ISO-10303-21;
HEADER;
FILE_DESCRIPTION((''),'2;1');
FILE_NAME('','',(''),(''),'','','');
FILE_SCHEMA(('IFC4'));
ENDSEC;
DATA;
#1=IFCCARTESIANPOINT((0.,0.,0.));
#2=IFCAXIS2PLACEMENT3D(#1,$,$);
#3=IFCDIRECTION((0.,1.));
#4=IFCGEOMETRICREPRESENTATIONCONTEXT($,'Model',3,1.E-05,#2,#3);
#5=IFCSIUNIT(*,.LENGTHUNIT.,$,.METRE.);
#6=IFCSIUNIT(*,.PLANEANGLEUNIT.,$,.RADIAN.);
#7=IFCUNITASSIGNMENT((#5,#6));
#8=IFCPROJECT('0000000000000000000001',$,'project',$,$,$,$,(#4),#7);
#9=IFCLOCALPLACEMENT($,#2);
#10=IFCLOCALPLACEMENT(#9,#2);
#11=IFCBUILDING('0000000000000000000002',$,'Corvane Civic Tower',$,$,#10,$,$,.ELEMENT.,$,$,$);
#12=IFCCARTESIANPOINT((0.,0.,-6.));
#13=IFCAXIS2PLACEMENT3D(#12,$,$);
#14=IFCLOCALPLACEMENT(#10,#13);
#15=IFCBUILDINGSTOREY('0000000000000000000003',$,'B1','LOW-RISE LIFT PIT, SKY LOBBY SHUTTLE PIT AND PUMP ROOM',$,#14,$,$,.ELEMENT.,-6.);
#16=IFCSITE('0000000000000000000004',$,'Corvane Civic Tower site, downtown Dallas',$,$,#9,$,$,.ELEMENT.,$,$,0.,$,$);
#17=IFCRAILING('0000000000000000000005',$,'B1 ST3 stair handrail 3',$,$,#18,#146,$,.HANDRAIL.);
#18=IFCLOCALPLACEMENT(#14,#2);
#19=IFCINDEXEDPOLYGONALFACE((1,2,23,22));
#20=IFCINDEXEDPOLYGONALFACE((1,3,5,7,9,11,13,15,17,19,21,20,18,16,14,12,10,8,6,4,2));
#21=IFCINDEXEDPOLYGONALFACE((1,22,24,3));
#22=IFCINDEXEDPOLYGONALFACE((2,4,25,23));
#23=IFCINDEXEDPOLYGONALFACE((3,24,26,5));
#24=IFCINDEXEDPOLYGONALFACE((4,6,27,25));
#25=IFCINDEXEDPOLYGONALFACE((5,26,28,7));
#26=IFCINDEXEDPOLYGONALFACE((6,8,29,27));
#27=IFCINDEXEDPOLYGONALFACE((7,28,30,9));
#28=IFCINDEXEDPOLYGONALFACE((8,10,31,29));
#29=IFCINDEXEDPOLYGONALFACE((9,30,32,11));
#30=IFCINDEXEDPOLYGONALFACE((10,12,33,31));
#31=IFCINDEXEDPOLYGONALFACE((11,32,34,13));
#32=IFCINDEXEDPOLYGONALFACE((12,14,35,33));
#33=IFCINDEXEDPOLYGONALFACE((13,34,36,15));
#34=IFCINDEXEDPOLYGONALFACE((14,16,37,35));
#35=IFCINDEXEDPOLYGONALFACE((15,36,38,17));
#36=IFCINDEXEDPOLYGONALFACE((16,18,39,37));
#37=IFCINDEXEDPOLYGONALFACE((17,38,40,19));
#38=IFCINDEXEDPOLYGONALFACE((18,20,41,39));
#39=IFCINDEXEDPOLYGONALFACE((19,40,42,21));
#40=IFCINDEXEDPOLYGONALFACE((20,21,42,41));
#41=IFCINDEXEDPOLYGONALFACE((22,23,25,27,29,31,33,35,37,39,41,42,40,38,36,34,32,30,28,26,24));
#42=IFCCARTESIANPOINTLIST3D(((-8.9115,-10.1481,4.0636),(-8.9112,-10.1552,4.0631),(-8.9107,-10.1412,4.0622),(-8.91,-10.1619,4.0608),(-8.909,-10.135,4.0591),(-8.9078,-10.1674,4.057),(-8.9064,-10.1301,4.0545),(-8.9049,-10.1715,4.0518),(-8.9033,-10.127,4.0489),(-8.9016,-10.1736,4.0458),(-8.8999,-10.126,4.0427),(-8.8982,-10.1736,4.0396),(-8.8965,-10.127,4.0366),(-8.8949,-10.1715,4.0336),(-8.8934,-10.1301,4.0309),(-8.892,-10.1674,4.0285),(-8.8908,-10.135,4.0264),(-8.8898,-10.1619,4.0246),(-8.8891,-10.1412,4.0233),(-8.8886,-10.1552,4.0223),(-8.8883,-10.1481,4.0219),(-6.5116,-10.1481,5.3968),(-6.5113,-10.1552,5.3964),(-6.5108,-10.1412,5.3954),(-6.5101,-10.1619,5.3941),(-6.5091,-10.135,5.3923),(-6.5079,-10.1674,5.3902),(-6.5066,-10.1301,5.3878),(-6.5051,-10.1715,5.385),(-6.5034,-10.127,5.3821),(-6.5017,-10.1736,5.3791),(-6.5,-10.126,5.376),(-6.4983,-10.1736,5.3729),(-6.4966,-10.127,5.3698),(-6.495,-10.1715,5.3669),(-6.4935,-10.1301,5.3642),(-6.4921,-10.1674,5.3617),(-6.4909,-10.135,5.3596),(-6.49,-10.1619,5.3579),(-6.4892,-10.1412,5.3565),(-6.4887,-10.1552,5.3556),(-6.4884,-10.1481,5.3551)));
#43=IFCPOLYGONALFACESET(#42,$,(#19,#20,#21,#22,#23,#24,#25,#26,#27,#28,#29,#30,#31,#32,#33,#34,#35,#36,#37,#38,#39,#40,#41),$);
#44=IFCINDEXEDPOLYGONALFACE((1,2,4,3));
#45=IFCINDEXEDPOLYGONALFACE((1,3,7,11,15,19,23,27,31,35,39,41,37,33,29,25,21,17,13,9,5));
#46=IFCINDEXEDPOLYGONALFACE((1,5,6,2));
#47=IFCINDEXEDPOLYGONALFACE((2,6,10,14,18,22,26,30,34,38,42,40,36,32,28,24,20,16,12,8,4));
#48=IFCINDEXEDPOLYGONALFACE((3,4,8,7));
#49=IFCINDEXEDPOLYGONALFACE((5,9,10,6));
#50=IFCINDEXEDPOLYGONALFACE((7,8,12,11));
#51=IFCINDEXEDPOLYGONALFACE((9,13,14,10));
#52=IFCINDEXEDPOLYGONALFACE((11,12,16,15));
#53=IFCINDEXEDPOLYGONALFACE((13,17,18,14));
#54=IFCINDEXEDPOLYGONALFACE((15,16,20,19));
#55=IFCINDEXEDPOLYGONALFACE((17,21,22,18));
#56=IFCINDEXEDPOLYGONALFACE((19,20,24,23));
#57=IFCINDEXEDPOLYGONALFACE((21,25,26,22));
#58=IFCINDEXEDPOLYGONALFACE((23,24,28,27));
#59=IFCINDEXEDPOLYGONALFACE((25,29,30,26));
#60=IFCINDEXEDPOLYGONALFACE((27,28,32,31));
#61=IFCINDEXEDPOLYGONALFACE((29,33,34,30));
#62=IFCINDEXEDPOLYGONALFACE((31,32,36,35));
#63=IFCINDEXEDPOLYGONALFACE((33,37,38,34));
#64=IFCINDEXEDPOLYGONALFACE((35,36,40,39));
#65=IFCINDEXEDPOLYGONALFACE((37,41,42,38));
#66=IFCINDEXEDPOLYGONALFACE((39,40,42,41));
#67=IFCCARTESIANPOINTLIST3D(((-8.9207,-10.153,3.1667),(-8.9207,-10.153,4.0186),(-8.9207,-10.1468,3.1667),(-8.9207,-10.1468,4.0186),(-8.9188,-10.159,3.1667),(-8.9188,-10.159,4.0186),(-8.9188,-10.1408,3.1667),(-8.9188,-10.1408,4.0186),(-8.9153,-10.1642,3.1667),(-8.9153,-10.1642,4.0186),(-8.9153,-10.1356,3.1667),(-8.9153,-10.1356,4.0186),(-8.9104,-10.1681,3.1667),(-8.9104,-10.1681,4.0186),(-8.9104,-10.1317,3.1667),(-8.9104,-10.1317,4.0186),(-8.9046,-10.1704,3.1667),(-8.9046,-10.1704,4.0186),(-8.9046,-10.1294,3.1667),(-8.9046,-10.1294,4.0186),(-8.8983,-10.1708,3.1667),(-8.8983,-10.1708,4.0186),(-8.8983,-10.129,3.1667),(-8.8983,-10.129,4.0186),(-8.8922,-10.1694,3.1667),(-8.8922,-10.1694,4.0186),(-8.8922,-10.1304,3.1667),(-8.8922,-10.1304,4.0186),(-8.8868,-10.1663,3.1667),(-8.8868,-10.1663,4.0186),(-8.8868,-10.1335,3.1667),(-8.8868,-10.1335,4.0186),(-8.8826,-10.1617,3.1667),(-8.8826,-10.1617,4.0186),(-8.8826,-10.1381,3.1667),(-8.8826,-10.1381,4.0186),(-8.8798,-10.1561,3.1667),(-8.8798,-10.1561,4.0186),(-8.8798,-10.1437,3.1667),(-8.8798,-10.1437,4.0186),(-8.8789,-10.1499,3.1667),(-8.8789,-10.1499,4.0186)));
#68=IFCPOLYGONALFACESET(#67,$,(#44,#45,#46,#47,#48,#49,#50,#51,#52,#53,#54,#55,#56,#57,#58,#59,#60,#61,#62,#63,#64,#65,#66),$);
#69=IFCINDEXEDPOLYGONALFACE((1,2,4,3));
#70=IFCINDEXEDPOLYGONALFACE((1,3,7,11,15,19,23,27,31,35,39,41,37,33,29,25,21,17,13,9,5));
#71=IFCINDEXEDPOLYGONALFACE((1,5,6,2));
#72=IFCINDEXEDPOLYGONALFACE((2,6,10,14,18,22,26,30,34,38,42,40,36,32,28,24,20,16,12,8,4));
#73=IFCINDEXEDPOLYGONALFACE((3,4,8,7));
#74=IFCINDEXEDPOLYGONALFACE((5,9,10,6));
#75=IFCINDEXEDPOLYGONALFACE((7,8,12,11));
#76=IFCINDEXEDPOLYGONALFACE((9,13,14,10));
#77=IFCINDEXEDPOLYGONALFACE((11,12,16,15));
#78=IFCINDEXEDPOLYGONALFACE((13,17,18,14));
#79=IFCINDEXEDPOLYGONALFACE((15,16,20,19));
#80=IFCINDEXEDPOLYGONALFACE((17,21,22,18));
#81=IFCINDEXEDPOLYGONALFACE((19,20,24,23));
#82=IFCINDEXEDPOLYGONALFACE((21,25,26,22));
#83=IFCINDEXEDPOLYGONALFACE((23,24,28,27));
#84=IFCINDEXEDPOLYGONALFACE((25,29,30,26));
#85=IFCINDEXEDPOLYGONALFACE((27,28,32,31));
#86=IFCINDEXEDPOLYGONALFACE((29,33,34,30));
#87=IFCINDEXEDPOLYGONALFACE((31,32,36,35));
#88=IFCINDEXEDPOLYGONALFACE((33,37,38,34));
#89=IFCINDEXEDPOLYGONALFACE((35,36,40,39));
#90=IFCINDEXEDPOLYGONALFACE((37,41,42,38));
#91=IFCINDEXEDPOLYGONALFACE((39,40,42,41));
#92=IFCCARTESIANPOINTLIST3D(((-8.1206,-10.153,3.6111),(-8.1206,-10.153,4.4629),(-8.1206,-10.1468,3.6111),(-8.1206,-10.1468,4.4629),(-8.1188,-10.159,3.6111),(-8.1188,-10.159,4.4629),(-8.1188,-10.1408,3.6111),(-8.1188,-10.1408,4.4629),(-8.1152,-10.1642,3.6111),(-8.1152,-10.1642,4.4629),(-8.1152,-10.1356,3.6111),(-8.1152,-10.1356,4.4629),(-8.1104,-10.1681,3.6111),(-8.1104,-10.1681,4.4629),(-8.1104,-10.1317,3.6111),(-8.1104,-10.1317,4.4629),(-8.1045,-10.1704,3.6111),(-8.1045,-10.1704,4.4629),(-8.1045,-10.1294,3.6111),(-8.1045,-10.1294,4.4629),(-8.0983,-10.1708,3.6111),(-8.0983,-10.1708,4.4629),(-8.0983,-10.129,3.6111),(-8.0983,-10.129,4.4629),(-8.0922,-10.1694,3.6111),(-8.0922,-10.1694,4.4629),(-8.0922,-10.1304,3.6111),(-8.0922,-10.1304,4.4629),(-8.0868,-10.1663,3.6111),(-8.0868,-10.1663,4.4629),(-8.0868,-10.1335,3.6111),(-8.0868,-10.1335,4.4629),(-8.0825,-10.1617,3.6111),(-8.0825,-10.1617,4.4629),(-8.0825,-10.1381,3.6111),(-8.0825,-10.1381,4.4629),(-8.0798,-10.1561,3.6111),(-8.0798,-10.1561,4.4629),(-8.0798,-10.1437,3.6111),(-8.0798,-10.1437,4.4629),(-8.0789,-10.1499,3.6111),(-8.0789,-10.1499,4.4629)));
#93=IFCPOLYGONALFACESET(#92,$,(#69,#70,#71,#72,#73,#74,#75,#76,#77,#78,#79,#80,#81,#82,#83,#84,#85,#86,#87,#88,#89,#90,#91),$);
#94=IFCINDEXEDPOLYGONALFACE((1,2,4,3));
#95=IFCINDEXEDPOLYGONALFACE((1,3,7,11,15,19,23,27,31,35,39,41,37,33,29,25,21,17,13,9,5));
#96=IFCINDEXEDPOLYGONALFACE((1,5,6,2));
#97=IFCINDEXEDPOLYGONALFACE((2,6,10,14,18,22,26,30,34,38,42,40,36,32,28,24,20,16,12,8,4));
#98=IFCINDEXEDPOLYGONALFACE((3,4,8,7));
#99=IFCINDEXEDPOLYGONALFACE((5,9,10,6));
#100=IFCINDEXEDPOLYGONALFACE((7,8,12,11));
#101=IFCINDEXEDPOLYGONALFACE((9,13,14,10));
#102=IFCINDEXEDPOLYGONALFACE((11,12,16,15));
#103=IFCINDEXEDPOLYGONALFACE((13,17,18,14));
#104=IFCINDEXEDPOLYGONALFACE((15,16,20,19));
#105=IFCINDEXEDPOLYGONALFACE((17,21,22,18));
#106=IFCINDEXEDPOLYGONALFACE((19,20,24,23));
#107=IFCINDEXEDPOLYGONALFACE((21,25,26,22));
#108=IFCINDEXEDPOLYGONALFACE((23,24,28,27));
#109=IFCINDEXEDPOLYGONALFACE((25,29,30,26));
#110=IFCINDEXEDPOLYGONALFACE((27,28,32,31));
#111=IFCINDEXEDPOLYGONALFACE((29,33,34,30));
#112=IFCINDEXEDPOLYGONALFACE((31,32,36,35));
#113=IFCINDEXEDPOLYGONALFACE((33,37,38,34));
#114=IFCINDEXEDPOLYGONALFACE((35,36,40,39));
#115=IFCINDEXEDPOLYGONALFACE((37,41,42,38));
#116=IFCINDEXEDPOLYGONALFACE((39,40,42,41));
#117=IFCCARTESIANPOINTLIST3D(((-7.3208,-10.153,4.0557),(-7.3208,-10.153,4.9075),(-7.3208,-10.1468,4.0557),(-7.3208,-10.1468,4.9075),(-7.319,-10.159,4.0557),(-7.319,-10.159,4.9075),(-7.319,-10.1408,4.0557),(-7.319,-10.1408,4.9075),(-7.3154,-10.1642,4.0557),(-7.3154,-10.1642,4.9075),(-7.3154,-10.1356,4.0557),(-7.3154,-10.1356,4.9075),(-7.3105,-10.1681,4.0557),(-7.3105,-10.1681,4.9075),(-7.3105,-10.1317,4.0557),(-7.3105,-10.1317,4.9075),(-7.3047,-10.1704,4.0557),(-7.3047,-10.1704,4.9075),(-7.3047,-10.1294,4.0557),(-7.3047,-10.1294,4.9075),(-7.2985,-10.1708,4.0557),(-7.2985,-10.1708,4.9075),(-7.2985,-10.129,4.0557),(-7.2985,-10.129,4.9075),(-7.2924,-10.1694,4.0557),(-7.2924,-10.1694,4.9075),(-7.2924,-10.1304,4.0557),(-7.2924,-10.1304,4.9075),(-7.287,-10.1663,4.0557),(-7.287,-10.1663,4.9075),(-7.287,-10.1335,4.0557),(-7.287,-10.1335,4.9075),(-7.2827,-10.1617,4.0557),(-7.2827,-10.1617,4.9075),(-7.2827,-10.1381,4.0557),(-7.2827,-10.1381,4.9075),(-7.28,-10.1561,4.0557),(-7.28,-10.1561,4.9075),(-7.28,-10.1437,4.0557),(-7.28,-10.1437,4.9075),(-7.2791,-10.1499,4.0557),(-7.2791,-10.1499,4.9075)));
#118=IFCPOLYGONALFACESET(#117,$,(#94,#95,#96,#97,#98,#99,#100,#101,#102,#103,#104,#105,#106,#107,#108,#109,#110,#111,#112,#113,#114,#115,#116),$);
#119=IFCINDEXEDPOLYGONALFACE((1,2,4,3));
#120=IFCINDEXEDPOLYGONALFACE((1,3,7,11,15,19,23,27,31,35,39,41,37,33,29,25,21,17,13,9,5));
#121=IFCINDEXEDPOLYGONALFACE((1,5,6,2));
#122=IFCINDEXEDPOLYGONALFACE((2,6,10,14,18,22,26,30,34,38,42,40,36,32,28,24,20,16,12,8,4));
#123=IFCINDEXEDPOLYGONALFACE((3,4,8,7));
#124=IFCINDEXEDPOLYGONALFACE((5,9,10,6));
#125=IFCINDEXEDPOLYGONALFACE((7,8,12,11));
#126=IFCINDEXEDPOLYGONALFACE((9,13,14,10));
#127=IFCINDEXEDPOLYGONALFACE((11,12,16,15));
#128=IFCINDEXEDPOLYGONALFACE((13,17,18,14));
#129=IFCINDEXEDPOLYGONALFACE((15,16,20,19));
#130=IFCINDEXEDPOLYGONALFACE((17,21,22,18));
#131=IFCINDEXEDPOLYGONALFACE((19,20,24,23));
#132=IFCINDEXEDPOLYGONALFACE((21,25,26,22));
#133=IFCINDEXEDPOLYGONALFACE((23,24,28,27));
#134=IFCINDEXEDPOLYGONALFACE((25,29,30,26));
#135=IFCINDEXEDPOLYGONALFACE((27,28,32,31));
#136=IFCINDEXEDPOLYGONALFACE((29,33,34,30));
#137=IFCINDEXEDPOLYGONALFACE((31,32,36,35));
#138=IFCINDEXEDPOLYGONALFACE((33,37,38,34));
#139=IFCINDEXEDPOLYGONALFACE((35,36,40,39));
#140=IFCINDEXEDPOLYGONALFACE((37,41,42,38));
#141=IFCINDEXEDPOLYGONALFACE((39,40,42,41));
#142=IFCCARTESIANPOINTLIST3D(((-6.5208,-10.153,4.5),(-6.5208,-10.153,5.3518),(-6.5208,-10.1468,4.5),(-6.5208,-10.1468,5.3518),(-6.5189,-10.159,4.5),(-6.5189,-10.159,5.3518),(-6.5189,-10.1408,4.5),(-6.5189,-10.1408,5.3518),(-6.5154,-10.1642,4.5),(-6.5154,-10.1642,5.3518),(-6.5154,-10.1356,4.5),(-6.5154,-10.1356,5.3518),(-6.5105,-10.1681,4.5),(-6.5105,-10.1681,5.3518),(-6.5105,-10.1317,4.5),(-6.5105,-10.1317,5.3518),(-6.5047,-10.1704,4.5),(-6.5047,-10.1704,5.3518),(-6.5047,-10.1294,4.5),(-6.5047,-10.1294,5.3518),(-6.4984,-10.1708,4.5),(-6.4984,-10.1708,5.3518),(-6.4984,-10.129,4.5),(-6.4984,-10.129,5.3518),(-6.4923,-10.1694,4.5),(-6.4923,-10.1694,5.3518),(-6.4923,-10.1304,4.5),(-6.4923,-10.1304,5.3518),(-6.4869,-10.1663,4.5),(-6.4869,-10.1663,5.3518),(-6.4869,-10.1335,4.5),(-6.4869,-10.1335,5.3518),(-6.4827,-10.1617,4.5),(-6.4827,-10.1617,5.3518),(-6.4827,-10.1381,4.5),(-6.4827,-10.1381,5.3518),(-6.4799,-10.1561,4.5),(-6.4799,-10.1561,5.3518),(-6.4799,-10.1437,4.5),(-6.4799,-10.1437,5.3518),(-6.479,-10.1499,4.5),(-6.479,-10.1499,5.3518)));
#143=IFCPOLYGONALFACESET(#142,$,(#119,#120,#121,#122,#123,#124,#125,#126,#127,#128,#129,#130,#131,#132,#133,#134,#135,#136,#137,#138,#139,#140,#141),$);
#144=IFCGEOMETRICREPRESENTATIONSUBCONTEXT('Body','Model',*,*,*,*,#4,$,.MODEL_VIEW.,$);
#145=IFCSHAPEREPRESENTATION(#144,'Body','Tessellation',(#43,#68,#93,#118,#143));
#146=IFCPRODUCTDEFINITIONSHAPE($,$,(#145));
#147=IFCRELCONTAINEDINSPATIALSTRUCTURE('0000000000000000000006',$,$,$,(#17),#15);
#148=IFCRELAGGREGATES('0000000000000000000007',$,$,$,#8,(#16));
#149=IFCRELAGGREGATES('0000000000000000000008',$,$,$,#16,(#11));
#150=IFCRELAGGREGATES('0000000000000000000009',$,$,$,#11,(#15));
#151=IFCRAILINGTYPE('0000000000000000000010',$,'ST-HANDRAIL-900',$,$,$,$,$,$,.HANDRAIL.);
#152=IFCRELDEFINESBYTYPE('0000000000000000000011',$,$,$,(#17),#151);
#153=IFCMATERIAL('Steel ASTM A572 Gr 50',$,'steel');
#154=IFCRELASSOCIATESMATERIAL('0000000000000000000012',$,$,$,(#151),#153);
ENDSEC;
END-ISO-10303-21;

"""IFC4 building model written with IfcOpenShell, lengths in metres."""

from ifc_helpers import new_model, si_unit, direction, frame, origin, origin_2d, place, context, subcontext, project, spatial, circle, extrude, material, type_object, element, save


model = new_model("IFC4")

# Units and contexts
model_context = context("Model", 3, precision=1e-05, world=origin(), true_north=direction((0.0, 1.0)))
body_context = subcontext(model_context, "Body", "Model", "MODEL_VIEW")
ifc_project = project(units=[si_unit("LENGTHUNIT", "METRE"), si_unit("PLANEANGLEUNIT", "RADIAN")], contexts=[model_context])

# Site, building, storey
site_placement = place(None, origin())
site = spatial("IfcSite", under=ifc_project, at=site_placement, Name="Corvane Civic Tower site, downtown Dallas", CompositionType="ELEMENT", RefElevation=0.0)
building_placement = place(site_placement, origin())
building = spatial("IfcBuilding", under=site, at=building_placement, Name="Corvane Civic Tower", CompositionType="ELEMENT")
storey_placement = place(building_placement, frame((0.0, 0.0, -6.0)))
storey = spatial("IfcBuildingStorey", under=building, at=storey_placement, Name="B1", Description="LOW-RISE LIFT PIT, SKY LOBBY SHUTTLE PIT AND PUMP ROOM", CompositionType="ELEMENT", Elevation=-6.0)

# Railing
ifc_material_1 = material(Name="Steel ASTM A572 Gr 50", Category="steel")
railing_type_1 = type_object("IfcRailingType", Name="ST-HANDRAIL-900", PredefinedType="HANDRAIL", material=ifc_material_1)
for number, where, name in (
    (1, (-8.8999, -10.1499, 3.1667), "B1 ST3 stair handrail 3"),
):
    element("IfcRailing", number, at=place(storey_placement, frame(where)), inside=storey, type_object=railing_type_1, Name=name, PredefinedType="HANDRAIL", context=body_context, shape_type="SweptSolid", body=[
        extrude(circle(Radius=0.0239, at=origin_2d()), frame((0.0, 0.0, 0.876), z_axis=(0.874161, 0.0, 0.485635), x_axis=(0.0, 1.0, 0.0)), (0.0, 0.0, 1.0), 2.7454),
        extrude(circle(Radius=0.021, at=origin_2d()), origin(), (0.0, 0.0, 1.0), 0.8518),
        extrude(circle(Radius=0.021, at=origin_2d()), frame((0.8, 0.0, 0.4443)), (0.0, 0.0, 1.0), 0.8518),
        extrude(circle(Radius=0.021, at=origin_2d()), frame((1.5999, 0.0, 0.8889)), (0.0, 0.0, 1.0), 0.8518),
        extrude(circle(Radius=0.021, at=origin_2d()), frame((2.3999, 0.0, 1.3333)), (0.0, 0.0, 1.0), 0.8518),
    ])

save(model, "model.ifc")
